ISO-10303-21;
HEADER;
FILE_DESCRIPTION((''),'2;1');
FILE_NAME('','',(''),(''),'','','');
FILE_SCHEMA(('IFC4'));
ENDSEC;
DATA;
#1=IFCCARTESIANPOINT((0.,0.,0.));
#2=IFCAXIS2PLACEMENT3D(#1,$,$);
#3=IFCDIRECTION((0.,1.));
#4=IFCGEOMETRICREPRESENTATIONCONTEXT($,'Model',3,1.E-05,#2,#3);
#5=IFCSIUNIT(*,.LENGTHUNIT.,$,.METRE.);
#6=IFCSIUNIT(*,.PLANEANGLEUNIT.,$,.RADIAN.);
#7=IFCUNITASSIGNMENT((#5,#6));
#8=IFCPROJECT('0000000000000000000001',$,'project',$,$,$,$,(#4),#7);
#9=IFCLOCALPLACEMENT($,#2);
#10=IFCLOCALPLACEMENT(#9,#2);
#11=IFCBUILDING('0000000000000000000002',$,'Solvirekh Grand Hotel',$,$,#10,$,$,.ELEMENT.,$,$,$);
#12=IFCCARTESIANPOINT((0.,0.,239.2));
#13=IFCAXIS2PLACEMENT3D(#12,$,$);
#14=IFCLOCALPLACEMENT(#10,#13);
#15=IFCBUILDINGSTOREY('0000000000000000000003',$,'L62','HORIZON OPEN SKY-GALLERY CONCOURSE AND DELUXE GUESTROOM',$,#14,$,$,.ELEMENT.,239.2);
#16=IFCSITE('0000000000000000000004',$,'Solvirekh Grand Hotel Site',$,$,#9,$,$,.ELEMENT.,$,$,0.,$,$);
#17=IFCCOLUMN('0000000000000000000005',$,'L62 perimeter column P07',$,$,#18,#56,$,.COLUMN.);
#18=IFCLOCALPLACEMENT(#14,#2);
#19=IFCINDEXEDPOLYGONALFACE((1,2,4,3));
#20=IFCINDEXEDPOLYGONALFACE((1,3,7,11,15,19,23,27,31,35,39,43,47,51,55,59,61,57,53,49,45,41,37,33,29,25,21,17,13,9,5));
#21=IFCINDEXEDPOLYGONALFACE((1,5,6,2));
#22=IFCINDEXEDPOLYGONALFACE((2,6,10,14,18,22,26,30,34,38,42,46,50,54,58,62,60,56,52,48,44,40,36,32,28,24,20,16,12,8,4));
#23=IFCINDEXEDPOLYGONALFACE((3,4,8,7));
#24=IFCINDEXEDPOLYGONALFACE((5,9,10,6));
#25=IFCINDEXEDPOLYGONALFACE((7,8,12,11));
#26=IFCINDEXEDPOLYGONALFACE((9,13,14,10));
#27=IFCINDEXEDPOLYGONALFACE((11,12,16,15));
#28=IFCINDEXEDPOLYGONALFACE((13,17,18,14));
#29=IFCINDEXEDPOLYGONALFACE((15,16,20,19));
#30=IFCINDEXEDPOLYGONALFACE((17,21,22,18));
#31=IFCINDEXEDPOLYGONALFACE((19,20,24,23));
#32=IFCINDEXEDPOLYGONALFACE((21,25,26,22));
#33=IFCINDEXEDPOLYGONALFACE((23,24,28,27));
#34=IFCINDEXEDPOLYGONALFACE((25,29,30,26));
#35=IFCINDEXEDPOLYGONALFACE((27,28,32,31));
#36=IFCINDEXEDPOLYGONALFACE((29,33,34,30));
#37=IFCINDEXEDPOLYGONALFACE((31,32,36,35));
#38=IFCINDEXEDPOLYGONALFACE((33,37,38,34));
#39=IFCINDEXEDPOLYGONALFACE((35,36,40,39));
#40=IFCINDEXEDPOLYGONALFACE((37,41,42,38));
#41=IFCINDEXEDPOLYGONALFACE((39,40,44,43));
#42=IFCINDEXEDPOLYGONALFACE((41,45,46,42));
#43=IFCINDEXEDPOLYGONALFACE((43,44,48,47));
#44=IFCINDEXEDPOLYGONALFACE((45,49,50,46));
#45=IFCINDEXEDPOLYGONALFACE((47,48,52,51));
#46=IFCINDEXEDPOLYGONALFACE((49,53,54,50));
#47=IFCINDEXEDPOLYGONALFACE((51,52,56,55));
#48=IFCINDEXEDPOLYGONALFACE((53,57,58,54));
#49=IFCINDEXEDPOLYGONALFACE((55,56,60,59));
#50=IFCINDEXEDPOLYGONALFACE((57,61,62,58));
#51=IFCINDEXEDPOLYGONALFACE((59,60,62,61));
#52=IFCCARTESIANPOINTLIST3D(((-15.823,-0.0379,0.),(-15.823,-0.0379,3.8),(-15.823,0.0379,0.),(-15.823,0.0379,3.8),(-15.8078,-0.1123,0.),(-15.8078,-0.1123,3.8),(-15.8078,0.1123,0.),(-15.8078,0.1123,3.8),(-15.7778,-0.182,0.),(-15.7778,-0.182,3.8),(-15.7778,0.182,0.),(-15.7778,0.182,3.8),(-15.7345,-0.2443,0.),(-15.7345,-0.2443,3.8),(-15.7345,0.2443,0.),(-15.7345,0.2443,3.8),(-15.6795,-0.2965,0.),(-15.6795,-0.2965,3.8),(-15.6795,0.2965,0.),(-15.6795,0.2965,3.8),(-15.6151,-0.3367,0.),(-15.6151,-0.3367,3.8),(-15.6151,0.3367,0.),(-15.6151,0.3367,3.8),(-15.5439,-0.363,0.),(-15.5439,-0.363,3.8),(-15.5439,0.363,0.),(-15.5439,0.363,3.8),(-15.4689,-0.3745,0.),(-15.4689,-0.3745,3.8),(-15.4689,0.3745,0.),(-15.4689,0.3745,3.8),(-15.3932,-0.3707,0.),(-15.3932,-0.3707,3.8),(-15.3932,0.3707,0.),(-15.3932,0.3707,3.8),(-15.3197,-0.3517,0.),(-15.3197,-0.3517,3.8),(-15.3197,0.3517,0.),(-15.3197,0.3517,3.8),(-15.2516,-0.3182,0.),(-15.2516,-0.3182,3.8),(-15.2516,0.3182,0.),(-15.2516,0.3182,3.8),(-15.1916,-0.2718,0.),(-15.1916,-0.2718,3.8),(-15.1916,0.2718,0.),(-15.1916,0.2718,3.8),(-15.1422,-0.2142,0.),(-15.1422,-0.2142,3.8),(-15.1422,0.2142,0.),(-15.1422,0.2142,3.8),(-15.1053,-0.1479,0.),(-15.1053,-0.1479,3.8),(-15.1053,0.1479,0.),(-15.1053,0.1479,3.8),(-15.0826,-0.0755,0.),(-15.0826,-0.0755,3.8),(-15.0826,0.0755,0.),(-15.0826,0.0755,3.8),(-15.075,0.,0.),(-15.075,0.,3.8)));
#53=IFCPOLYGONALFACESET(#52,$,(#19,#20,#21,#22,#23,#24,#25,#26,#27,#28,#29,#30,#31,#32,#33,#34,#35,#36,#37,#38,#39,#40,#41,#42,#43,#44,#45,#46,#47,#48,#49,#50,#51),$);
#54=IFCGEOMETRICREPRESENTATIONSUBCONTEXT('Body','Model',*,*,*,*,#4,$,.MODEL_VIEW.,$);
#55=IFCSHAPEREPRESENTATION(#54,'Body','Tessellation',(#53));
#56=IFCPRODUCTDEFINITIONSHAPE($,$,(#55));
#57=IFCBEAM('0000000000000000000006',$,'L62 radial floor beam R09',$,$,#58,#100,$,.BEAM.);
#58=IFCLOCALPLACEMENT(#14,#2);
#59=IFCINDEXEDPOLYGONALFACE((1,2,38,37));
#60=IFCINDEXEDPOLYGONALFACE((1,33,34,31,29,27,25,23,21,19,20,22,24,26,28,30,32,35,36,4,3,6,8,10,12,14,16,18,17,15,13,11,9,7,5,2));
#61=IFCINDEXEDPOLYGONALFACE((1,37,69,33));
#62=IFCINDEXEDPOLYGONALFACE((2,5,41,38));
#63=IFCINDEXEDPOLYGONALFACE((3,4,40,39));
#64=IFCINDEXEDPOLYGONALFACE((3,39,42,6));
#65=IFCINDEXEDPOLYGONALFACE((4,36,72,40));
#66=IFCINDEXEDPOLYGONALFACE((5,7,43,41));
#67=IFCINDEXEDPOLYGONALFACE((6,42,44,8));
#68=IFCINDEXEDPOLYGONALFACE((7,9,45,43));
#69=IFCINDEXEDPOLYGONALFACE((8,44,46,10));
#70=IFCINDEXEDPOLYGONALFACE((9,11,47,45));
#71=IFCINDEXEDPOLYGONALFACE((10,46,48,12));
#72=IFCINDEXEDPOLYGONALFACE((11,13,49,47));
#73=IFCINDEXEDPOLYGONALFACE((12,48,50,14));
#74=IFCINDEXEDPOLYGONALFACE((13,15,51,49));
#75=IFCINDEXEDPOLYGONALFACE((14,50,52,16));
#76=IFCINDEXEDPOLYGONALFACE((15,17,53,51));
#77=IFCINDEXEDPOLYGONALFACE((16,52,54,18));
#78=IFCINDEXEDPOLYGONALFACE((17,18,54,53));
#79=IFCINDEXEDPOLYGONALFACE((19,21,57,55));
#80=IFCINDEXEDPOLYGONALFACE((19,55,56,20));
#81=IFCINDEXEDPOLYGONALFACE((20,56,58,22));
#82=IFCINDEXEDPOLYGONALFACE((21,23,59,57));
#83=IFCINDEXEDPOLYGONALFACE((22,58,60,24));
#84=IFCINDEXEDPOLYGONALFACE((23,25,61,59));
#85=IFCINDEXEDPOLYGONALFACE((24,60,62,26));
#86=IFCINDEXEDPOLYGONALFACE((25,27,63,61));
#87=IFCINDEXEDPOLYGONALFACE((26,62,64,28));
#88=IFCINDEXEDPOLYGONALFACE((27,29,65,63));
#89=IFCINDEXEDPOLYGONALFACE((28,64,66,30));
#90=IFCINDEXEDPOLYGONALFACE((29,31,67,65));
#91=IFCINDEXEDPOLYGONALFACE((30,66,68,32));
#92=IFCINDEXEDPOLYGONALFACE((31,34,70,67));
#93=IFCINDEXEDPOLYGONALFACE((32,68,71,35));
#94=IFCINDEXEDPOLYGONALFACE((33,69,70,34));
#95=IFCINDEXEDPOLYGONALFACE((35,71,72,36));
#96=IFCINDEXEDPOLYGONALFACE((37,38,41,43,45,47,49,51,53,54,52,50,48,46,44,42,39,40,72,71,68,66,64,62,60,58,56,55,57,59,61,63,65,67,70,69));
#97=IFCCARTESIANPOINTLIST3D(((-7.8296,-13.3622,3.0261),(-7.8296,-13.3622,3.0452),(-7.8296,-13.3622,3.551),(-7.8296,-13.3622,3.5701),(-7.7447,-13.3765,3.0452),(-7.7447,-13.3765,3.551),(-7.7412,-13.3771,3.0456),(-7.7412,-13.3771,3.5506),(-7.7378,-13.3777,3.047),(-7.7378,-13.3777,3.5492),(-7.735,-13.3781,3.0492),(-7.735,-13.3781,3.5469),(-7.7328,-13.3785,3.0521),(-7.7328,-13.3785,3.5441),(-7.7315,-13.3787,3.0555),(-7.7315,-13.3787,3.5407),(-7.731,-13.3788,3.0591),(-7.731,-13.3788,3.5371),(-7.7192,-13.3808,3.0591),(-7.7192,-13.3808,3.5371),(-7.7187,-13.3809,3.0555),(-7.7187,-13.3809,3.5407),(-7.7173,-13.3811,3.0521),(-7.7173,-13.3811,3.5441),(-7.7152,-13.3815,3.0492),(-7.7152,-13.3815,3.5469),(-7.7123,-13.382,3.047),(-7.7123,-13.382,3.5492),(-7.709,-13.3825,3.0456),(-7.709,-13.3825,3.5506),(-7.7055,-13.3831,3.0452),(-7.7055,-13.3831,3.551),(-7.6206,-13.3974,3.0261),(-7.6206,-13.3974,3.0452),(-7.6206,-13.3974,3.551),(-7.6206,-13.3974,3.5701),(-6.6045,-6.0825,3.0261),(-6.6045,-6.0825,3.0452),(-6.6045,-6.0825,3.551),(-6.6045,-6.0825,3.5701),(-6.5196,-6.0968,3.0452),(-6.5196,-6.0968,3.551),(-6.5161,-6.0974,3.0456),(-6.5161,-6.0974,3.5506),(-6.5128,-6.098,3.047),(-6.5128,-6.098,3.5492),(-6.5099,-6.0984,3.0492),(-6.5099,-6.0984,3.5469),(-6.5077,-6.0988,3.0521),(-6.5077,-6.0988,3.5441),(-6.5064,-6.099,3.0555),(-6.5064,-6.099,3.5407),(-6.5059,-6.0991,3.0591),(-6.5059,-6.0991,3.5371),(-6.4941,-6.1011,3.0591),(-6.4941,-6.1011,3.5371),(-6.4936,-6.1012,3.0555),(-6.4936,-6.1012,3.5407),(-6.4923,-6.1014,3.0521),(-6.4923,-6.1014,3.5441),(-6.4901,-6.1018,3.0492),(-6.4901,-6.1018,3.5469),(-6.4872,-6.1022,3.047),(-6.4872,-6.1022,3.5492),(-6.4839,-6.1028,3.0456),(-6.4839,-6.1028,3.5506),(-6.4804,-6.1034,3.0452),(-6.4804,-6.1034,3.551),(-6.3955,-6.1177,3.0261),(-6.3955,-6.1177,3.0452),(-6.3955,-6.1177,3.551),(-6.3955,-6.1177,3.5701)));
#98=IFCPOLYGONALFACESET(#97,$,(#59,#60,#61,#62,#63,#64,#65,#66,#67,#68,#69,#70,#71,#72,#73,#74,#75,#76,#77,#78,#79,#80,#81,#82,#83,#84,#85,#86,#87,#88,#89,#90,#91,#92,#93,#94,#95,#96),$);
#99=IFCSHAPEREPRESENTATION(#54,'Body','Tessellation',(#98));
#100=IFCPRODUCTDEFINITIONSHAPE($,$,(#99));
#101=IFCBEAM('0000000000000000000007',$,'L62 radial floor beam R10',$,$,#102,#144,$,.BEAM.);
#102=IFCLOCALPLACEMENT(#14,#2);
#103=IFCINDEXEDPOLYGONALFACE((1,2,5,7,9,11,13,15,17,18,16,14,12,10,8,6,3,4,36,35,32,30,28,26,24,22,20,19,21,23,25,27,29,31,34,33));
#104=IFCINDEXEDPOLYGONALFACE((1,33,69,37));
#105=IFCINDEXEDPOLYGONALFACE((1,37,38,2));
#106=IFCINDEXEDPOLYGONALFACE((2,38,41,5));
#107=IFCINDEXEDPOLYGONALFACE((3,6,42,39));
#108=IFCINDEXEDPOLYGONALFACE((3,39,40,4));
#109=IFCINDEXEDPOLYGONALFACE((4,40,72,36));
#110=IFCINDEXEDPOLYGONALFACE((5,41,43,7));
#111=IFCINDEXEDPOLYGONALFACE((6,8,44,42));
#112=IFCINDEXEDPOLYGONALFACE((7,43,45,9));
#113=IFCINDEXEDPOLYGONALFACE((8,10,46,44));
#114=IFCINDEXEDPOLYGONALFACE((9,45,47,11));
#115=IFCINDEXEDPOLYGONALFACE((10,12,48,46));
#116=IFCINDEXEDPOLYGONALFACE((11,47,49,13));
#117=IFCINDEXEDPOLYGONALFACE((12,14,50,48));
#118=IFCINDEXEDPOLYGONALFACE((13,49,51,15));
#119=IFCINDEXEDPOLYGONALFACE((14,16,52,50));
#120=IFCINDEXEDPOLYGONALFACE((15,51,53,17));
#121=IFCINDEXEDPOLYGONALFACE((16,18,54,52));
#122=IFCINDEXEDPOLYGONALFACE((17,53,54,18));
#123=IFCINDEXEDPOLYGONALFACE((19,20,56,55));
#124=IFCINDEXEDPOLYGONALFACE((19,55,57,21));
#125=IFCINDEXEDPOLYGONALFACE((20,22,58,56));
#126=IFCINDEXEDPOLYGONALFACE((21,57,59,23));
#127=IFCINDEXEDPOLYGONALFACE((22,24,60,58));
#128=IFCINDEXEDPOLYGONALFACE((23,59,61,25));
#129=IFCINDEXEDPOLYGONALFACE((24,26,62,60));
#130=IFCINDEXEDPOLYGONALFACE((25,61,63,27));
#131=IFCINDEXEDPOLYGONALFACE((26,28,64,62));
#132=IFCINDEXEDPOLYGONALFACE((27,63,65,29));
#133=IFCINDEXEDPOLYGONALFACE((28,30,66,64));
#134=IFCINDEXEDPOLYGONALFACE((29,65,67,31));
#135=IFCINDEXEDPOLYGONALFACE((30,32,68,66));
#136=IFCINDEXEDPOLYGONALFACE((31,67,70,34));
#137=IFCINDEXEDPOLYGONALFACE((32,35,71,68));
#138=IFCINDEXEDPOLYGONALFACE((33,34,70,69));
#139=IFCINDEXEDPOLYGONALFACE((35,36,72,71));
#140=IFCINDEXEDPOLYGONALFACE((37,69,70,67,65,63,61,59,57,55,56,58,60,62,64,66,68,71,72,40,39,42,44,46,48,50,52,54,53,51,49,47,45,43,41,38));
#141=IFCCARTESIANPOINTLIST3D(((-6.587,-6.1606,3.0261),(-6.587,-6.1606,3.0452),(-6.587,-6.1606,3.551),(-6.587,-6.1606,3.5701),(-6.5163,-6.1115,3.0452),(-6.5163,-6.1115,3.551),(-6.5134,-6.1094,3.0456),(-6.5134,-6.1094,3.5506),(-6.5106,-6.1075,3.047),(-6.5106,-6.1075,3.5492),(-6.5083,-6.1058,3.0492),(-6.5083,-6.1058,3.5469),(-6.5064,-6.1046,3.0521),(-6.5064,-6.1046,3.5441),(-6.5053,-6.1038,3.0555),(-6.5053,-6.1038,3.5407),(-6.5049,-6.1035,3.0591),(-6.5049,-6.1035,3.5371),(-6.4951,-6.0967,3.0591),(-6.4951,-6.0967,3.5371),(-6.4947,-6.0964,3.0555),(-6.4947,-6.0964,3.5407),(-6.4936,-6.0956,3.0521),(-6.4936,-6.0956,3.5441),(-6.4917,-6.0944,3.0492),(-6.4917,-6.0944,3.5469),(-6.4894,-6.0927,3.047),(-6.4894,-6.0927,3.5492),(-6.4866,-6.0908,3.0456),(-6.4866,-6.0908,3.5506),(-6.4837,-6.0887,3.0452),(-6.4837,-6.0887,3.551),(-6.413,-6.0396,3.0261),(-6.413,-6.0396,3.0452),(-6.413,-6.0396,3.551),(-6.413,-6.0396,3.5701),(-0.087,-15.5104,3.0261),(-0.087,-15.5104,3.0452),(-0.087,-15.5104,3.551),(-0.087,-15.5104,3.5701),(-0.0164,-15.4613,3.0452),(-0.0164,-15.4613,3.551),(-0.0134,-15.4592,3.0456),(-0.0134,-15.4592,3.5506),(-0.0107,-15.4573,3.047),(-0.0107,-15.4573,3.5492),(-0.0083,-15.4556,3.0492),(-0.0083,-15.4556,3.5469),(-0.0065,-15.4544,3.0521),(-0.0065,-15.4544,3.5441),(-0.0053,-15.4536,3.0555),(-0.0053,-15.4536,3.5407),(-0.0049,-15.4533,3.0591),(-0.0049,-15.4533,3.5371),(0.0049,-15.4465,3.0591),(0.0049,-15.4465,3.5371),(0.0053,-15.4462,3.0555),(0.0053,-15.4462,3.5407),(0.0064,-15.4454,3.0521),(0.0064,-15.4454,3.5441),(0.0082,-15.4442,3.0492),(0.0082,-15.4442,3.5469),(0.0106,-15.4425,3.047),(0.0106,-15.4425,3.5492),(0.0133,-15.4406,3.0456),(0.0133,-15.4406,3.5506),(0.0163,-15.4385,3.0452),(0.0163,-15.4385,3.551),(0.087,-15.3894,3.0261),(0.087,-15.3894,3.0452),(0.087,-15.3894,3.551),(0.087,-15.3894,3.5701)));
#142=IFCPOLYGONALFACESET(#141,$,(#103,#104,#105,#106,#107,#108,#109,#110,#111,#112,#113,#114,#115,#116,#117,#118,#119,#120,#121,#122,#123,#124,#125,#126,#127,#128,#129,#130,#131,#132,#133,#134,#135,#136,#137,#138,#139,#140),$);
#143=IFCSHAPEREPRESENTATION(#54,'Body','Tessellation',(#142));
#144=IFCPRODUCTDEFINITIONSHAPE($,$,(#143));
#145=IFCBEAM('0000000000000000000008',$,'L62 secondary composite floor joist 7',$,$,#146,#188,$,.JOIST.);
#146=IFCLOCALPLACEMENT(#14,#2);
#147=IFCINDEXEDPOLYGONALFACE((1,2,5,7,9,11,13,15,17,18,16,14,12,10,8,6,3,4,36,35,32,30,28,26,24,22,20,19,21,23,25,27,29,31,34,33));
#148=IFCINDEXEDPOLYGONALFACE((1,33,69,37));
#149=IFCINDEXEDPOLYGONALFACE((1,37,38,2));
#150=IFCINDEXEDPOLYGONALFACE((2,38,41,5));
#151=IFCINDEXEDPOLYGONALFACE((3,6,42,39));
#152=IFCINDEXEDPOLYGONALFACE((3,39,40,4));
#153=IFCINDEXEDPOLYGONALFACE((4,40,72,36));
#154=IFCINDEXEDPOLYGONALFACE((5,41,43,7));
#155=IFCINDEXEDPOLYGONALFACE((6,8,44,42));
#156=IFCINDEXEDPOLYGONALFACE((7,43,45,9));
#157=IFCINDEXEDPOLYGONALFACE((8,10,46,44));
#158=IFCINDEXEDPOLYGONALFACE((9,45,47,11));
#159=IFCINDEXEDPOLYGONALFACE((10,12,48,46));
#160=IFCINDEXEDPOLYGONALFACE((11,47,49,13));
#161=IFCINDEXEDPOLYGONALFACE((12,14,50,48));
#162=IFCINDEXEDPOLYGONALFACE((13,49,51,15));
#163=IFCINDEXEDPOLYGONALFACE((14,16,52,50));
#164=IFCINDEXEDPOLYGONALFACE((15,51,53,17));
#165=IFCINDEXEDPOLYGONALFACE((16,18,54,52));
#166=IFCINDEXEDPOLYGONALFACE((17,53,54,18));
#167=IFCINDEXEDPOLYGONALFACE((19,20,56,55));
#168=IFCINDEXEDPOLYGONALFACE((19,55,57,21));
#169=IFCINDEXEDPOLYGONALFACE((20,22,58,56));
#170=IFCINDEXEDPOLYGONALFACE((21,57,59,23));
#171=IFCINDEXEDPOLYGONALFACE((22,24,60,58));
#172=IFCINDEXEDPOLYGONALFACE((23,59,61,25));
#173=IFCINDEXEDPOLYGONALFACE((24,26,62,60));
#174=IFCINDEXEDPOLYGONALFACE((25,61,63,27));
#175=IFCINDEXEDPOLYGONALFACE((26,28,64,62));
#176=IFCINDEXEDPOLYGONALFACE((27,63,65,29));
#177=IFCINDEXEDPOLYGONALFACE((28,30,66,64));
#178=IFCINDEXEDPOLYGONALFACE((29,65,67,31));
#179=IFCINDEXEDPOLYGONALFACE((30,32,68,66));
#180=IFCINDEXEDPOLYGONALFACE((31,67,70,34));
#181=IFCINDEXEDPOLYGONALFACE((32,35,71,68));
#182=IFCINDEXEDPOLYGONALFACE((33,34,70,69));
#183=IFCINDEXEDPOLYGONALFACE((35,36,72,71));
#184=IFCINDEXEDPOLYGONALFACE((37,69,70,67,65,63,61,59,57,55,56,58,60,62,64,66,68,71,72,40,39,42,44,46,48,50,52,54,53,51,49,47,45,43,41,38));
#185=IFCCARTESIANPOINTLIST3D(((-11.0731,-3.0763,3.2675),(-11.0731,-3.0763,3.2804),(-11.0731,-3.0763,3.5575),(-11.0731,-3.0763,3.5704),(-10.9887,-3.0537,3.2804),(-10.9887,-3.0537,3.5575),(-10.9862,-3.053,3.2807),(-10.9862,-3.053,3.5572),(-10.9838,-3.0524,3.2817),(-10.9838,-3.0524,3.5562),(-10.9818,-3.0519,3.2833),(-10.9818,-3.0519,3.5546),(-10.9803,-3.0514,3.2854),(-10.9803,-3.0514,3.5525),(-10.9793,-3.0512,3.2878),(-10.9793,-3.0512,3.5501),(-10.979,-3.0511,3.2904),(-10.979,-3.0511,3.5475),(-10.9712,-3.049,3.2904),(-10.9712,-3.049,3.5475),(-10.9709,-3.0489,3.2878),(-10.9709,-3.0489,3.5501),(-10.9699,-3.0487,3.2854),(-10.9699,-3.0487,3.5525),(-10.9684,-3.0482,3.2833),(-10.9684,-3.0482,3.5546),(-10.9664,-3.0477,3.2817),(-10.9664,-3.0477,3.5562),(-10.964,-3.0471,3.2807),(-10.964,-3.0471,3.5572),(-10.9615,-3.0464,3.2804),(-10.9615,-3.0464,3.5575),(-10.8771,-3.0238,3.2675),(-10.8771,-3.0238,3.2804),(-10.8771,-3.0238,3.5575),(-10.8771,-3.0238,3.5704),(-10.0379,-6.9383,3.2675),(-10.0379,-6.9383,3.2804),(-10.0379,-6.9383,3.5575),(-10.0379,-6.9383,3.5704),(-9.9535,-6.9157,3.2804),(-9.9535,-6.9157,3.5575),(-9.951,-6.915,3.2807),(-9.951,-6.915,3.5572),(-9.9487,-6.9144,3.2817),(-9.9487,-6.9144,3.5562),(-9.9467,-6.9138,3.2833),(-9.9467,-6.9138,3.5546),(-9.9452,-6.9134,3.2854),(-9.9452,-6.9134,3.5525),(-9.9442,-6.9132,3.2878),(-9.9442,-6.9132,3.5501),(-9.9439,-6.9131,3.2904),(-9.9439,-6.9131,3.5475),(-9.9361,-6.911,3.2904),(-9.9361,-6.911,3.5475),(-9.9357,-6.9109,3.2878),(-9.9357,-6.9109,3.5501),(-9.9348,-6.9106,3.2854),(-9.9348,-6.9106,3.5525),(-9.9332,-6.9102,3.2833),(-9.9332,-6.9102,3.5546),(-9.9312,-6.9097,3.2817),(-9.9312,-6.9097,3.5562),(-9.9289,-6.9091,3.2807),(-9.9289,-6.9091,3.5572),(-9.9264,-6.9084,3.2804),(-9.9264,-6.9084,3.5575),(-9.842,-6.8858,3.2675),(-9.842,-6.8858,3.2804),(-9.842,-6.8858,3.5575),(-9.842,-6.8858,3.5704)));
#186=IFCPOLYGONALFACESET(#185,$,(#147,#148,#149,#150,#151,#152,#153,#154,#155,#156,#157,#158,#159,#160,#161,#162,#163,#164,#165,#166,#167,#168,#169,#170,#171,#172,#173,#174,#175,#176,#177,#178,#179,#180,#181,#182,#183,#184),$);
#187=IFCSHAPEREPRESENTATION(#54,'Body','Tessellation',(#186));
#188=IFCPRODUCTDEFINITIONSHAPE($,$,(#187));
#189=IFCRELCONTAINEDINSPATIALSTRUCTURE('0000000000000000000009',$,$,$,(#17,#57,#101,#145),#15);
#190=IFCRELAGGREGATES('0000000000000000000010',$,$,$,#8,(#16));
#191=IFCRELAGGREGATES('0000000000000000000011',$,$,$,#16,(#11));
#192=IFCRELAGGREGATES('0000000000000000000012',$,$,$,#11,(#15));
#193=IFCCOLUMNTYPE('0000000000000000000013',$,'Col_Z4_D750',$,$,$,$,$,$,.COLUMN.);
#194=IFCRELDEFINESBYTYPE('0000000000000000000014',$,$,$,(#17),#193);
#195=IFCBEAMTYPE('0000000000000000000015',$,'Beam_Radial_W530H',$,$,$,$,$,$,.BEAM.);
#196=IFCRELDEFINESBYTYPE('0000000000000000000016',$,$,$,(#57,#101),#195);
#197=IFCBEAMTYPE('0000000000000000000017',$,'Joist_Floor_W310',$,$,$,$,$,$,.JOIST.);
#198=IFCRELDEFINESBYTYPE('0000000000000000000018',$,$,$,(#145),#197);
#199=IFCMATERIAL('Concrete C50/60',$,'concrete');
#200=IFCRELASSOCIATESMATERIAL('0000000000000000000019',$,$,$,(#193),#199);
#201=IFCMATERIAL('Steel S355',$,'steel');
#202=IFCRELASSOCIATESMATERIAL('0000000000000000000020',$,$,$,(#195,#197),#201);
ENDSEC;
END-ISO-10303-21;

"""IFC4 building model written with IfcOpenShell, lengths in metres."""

from ifc_helpers import new_model, si_unit, direction, frame, origin, origin_2d, place, context, subcontext, project, spatial, circle, i_section, extrude, material, material_profile, profile_set, type_object, element, save


model = new_model("IFC4")

# Units and contexts
model_context = context("Model", 3, precision=1e-05, world=origin(), true_north=direction((0.0, 1.0)))
body_context = subcontext(model_context, "Body", "Model", "MODEL_VIEW")
ifc_project = project(units=[si_unit("LENGTHUNIT", "METRE"), si_unit("PLANEANGLEUNIT", "RADIAN")], contexts=[model_context])

# Site, building, storey
site_placement = place(None, origin())
site = spatial("IfcSite", under=ifc_project, at=site_placement, Name="Solvirekh Grand Hotel Site", CompositionType="ELEMENT", RefElevation=0.0)
building_placement = place(site_placement, origin())
building = spatial("IfcBuilding", under=site, at=building_placement, Name="Solvirekh Grand Hotel", CompositionType="ELEMENT")
storey_placement = place(building_placement, frame((0.0, 0.0, 239.2)))
storey = spatial("IfcBuildingStorey", under=building, at=storey_placement, Name="L62", Description="HORIZON OPEN SKY-GALLERY CONCOURSE AND DELUXE GUESTROOM", CompositionType="ELEMENT", Elevation=239.2)

# Column
ifc_material_1 = material(Name="Concrete C50/60", Category="concrete")
ifc_material_profile_1 = material_profile(ifc_material_1, circle(Radius=0.375, at=origin_2d()), Name="RC CIRC D750")
ifc_profile_set_1 = profile_set([ifc_material_profile_1], Name="Concrete C50/60")
column_type = type_object("IfcColumnType", Name="Col_Z4_D750", PredefinedType="COLUMN", material=ifc_profile_set_1)
column_placement = place(storey_placement, frame((-15.45, 0.0, 0.0), z_axis=(0.0, 0.0, 1.0), x_axis=(1.0, 0.0, 0.0)))
element("IfcColumn", 1, at=column_placement, inside=storey, type_object=column_type, Name="L62 perimeter column P07", PredefinedType="COLUMN", context=body_context, shape_type="SweptSolid", body=[
    extrude(circle(Radius=0.375, at=origin_2d()), origin(), (0.0, 0.0, 1.0), 3.8),
])

# Beams
ifc_material_2 = material(Name="Steel S355", Category="steel")
ifc_material_profile_2 = material_profile(ifc_material_2, i_section(OverallWidth=0.2119, OverallDepth=0.5439, WebThickness=0.012, FlangeThickness=0.019, FilletRadius=0.0139, at=origin_2d()), Name="W530X123")
ifc_profile_set_2 = profile_set([ifc_material_profile_2], Name="Steel S355")
beam_type_1 = type_object("IfcBeamType", Name="Beam_Radial_W530H", PredefinedType="BEAM", material=ifc_profile_set_2)
beam_1_placement = place(storey_placement, frame((-6.5, -6.1001, 3.2981), z_axis=(-0.165954, -0.986133, 0.0), x_axis=(0.986133, -0.165954, 0.0)))
element("IfcBeam", 2, at=beam_1_placement, inside=storey, type_object=beam_type_1, Name="L62 radial floor beam R09", PredefinedType="BEAM", context=body_context, shape_type="SweptSolid", body=[
    extrude(i_section(OverallWidth=0.2119, OverallDepth=0.5439, WebThickness=0.012, FlangeThickness=0.019, FilletRadius=0.0139, at=origin_2d()), origin(), (0.0, 0.0, 1.0), 7.3821),
])
beam_2_placement = place(storey_placement, frame((-6.5, -6.1001, 3.2981), z_axis=(0.570813, -0.82108, 0.0), x_axis=(0.82108, 0.570813, 0.0)))
element("IfcBeam", 3, at=beam_2_placement, inside=storey, type_object=beam_type_1, Name="L62 radial floor beam R10", PredefinedType="BEAM", context=body_context, shape_type="SweptSolid", body=[
    extrude(i_section(OverallWidth=0.2119, OverallDepth=0.5439, WebThickness=0.012, FlangeThickness=0.019, FilletRadius=0.0139, at=origin_2d()), origin(), (0.0, 0.0, 1.0), 11.3872),
])
ifc_material_profile_3 = material_profile(ifc_material_2, i_section(OverallWidth=0.2029, OverallDepth=0.303, WebThickness=0.0081, FlangeThickness=0.0129, FilletRadius=0.01, at=origin_2d()), Name="W310X60")
ifc_profile_set_3 = profile_set([ifc_material_profile_3], Name="Steel S355")
beam_type_2 = type_object("IfcBeamType", Name="Joist_Floor_W310", PredefinedType="JOIST", material=ifc_profile_set_3)
beam_3_placement = place(storey_placement, frame((-10.9751, -3.05, 3.4189), z_axis=(0.258894, -0.965906, 0.0), x_axis=(0.965906, 0.258894, 0.0)))
element("IfcBeam", 4, at=beam_3_placement, inside=storey, type_object=beam_type_2, Name="L62 secondary composite floor joist 7", PredefinedType="JOIST", context=body_context, shape_type="SweptSolid", body=[
    extrude(i_section(OverallWidth=0.2029, OverallDepth=0.303, WebThickness=0.0081, FlangeThickness=0.0129, FilletRadius=0.01, at=origin_2d()), origin(), (0.0, 0.0, 1.0), 3.9983),
])

save(model, "model.ifc")
